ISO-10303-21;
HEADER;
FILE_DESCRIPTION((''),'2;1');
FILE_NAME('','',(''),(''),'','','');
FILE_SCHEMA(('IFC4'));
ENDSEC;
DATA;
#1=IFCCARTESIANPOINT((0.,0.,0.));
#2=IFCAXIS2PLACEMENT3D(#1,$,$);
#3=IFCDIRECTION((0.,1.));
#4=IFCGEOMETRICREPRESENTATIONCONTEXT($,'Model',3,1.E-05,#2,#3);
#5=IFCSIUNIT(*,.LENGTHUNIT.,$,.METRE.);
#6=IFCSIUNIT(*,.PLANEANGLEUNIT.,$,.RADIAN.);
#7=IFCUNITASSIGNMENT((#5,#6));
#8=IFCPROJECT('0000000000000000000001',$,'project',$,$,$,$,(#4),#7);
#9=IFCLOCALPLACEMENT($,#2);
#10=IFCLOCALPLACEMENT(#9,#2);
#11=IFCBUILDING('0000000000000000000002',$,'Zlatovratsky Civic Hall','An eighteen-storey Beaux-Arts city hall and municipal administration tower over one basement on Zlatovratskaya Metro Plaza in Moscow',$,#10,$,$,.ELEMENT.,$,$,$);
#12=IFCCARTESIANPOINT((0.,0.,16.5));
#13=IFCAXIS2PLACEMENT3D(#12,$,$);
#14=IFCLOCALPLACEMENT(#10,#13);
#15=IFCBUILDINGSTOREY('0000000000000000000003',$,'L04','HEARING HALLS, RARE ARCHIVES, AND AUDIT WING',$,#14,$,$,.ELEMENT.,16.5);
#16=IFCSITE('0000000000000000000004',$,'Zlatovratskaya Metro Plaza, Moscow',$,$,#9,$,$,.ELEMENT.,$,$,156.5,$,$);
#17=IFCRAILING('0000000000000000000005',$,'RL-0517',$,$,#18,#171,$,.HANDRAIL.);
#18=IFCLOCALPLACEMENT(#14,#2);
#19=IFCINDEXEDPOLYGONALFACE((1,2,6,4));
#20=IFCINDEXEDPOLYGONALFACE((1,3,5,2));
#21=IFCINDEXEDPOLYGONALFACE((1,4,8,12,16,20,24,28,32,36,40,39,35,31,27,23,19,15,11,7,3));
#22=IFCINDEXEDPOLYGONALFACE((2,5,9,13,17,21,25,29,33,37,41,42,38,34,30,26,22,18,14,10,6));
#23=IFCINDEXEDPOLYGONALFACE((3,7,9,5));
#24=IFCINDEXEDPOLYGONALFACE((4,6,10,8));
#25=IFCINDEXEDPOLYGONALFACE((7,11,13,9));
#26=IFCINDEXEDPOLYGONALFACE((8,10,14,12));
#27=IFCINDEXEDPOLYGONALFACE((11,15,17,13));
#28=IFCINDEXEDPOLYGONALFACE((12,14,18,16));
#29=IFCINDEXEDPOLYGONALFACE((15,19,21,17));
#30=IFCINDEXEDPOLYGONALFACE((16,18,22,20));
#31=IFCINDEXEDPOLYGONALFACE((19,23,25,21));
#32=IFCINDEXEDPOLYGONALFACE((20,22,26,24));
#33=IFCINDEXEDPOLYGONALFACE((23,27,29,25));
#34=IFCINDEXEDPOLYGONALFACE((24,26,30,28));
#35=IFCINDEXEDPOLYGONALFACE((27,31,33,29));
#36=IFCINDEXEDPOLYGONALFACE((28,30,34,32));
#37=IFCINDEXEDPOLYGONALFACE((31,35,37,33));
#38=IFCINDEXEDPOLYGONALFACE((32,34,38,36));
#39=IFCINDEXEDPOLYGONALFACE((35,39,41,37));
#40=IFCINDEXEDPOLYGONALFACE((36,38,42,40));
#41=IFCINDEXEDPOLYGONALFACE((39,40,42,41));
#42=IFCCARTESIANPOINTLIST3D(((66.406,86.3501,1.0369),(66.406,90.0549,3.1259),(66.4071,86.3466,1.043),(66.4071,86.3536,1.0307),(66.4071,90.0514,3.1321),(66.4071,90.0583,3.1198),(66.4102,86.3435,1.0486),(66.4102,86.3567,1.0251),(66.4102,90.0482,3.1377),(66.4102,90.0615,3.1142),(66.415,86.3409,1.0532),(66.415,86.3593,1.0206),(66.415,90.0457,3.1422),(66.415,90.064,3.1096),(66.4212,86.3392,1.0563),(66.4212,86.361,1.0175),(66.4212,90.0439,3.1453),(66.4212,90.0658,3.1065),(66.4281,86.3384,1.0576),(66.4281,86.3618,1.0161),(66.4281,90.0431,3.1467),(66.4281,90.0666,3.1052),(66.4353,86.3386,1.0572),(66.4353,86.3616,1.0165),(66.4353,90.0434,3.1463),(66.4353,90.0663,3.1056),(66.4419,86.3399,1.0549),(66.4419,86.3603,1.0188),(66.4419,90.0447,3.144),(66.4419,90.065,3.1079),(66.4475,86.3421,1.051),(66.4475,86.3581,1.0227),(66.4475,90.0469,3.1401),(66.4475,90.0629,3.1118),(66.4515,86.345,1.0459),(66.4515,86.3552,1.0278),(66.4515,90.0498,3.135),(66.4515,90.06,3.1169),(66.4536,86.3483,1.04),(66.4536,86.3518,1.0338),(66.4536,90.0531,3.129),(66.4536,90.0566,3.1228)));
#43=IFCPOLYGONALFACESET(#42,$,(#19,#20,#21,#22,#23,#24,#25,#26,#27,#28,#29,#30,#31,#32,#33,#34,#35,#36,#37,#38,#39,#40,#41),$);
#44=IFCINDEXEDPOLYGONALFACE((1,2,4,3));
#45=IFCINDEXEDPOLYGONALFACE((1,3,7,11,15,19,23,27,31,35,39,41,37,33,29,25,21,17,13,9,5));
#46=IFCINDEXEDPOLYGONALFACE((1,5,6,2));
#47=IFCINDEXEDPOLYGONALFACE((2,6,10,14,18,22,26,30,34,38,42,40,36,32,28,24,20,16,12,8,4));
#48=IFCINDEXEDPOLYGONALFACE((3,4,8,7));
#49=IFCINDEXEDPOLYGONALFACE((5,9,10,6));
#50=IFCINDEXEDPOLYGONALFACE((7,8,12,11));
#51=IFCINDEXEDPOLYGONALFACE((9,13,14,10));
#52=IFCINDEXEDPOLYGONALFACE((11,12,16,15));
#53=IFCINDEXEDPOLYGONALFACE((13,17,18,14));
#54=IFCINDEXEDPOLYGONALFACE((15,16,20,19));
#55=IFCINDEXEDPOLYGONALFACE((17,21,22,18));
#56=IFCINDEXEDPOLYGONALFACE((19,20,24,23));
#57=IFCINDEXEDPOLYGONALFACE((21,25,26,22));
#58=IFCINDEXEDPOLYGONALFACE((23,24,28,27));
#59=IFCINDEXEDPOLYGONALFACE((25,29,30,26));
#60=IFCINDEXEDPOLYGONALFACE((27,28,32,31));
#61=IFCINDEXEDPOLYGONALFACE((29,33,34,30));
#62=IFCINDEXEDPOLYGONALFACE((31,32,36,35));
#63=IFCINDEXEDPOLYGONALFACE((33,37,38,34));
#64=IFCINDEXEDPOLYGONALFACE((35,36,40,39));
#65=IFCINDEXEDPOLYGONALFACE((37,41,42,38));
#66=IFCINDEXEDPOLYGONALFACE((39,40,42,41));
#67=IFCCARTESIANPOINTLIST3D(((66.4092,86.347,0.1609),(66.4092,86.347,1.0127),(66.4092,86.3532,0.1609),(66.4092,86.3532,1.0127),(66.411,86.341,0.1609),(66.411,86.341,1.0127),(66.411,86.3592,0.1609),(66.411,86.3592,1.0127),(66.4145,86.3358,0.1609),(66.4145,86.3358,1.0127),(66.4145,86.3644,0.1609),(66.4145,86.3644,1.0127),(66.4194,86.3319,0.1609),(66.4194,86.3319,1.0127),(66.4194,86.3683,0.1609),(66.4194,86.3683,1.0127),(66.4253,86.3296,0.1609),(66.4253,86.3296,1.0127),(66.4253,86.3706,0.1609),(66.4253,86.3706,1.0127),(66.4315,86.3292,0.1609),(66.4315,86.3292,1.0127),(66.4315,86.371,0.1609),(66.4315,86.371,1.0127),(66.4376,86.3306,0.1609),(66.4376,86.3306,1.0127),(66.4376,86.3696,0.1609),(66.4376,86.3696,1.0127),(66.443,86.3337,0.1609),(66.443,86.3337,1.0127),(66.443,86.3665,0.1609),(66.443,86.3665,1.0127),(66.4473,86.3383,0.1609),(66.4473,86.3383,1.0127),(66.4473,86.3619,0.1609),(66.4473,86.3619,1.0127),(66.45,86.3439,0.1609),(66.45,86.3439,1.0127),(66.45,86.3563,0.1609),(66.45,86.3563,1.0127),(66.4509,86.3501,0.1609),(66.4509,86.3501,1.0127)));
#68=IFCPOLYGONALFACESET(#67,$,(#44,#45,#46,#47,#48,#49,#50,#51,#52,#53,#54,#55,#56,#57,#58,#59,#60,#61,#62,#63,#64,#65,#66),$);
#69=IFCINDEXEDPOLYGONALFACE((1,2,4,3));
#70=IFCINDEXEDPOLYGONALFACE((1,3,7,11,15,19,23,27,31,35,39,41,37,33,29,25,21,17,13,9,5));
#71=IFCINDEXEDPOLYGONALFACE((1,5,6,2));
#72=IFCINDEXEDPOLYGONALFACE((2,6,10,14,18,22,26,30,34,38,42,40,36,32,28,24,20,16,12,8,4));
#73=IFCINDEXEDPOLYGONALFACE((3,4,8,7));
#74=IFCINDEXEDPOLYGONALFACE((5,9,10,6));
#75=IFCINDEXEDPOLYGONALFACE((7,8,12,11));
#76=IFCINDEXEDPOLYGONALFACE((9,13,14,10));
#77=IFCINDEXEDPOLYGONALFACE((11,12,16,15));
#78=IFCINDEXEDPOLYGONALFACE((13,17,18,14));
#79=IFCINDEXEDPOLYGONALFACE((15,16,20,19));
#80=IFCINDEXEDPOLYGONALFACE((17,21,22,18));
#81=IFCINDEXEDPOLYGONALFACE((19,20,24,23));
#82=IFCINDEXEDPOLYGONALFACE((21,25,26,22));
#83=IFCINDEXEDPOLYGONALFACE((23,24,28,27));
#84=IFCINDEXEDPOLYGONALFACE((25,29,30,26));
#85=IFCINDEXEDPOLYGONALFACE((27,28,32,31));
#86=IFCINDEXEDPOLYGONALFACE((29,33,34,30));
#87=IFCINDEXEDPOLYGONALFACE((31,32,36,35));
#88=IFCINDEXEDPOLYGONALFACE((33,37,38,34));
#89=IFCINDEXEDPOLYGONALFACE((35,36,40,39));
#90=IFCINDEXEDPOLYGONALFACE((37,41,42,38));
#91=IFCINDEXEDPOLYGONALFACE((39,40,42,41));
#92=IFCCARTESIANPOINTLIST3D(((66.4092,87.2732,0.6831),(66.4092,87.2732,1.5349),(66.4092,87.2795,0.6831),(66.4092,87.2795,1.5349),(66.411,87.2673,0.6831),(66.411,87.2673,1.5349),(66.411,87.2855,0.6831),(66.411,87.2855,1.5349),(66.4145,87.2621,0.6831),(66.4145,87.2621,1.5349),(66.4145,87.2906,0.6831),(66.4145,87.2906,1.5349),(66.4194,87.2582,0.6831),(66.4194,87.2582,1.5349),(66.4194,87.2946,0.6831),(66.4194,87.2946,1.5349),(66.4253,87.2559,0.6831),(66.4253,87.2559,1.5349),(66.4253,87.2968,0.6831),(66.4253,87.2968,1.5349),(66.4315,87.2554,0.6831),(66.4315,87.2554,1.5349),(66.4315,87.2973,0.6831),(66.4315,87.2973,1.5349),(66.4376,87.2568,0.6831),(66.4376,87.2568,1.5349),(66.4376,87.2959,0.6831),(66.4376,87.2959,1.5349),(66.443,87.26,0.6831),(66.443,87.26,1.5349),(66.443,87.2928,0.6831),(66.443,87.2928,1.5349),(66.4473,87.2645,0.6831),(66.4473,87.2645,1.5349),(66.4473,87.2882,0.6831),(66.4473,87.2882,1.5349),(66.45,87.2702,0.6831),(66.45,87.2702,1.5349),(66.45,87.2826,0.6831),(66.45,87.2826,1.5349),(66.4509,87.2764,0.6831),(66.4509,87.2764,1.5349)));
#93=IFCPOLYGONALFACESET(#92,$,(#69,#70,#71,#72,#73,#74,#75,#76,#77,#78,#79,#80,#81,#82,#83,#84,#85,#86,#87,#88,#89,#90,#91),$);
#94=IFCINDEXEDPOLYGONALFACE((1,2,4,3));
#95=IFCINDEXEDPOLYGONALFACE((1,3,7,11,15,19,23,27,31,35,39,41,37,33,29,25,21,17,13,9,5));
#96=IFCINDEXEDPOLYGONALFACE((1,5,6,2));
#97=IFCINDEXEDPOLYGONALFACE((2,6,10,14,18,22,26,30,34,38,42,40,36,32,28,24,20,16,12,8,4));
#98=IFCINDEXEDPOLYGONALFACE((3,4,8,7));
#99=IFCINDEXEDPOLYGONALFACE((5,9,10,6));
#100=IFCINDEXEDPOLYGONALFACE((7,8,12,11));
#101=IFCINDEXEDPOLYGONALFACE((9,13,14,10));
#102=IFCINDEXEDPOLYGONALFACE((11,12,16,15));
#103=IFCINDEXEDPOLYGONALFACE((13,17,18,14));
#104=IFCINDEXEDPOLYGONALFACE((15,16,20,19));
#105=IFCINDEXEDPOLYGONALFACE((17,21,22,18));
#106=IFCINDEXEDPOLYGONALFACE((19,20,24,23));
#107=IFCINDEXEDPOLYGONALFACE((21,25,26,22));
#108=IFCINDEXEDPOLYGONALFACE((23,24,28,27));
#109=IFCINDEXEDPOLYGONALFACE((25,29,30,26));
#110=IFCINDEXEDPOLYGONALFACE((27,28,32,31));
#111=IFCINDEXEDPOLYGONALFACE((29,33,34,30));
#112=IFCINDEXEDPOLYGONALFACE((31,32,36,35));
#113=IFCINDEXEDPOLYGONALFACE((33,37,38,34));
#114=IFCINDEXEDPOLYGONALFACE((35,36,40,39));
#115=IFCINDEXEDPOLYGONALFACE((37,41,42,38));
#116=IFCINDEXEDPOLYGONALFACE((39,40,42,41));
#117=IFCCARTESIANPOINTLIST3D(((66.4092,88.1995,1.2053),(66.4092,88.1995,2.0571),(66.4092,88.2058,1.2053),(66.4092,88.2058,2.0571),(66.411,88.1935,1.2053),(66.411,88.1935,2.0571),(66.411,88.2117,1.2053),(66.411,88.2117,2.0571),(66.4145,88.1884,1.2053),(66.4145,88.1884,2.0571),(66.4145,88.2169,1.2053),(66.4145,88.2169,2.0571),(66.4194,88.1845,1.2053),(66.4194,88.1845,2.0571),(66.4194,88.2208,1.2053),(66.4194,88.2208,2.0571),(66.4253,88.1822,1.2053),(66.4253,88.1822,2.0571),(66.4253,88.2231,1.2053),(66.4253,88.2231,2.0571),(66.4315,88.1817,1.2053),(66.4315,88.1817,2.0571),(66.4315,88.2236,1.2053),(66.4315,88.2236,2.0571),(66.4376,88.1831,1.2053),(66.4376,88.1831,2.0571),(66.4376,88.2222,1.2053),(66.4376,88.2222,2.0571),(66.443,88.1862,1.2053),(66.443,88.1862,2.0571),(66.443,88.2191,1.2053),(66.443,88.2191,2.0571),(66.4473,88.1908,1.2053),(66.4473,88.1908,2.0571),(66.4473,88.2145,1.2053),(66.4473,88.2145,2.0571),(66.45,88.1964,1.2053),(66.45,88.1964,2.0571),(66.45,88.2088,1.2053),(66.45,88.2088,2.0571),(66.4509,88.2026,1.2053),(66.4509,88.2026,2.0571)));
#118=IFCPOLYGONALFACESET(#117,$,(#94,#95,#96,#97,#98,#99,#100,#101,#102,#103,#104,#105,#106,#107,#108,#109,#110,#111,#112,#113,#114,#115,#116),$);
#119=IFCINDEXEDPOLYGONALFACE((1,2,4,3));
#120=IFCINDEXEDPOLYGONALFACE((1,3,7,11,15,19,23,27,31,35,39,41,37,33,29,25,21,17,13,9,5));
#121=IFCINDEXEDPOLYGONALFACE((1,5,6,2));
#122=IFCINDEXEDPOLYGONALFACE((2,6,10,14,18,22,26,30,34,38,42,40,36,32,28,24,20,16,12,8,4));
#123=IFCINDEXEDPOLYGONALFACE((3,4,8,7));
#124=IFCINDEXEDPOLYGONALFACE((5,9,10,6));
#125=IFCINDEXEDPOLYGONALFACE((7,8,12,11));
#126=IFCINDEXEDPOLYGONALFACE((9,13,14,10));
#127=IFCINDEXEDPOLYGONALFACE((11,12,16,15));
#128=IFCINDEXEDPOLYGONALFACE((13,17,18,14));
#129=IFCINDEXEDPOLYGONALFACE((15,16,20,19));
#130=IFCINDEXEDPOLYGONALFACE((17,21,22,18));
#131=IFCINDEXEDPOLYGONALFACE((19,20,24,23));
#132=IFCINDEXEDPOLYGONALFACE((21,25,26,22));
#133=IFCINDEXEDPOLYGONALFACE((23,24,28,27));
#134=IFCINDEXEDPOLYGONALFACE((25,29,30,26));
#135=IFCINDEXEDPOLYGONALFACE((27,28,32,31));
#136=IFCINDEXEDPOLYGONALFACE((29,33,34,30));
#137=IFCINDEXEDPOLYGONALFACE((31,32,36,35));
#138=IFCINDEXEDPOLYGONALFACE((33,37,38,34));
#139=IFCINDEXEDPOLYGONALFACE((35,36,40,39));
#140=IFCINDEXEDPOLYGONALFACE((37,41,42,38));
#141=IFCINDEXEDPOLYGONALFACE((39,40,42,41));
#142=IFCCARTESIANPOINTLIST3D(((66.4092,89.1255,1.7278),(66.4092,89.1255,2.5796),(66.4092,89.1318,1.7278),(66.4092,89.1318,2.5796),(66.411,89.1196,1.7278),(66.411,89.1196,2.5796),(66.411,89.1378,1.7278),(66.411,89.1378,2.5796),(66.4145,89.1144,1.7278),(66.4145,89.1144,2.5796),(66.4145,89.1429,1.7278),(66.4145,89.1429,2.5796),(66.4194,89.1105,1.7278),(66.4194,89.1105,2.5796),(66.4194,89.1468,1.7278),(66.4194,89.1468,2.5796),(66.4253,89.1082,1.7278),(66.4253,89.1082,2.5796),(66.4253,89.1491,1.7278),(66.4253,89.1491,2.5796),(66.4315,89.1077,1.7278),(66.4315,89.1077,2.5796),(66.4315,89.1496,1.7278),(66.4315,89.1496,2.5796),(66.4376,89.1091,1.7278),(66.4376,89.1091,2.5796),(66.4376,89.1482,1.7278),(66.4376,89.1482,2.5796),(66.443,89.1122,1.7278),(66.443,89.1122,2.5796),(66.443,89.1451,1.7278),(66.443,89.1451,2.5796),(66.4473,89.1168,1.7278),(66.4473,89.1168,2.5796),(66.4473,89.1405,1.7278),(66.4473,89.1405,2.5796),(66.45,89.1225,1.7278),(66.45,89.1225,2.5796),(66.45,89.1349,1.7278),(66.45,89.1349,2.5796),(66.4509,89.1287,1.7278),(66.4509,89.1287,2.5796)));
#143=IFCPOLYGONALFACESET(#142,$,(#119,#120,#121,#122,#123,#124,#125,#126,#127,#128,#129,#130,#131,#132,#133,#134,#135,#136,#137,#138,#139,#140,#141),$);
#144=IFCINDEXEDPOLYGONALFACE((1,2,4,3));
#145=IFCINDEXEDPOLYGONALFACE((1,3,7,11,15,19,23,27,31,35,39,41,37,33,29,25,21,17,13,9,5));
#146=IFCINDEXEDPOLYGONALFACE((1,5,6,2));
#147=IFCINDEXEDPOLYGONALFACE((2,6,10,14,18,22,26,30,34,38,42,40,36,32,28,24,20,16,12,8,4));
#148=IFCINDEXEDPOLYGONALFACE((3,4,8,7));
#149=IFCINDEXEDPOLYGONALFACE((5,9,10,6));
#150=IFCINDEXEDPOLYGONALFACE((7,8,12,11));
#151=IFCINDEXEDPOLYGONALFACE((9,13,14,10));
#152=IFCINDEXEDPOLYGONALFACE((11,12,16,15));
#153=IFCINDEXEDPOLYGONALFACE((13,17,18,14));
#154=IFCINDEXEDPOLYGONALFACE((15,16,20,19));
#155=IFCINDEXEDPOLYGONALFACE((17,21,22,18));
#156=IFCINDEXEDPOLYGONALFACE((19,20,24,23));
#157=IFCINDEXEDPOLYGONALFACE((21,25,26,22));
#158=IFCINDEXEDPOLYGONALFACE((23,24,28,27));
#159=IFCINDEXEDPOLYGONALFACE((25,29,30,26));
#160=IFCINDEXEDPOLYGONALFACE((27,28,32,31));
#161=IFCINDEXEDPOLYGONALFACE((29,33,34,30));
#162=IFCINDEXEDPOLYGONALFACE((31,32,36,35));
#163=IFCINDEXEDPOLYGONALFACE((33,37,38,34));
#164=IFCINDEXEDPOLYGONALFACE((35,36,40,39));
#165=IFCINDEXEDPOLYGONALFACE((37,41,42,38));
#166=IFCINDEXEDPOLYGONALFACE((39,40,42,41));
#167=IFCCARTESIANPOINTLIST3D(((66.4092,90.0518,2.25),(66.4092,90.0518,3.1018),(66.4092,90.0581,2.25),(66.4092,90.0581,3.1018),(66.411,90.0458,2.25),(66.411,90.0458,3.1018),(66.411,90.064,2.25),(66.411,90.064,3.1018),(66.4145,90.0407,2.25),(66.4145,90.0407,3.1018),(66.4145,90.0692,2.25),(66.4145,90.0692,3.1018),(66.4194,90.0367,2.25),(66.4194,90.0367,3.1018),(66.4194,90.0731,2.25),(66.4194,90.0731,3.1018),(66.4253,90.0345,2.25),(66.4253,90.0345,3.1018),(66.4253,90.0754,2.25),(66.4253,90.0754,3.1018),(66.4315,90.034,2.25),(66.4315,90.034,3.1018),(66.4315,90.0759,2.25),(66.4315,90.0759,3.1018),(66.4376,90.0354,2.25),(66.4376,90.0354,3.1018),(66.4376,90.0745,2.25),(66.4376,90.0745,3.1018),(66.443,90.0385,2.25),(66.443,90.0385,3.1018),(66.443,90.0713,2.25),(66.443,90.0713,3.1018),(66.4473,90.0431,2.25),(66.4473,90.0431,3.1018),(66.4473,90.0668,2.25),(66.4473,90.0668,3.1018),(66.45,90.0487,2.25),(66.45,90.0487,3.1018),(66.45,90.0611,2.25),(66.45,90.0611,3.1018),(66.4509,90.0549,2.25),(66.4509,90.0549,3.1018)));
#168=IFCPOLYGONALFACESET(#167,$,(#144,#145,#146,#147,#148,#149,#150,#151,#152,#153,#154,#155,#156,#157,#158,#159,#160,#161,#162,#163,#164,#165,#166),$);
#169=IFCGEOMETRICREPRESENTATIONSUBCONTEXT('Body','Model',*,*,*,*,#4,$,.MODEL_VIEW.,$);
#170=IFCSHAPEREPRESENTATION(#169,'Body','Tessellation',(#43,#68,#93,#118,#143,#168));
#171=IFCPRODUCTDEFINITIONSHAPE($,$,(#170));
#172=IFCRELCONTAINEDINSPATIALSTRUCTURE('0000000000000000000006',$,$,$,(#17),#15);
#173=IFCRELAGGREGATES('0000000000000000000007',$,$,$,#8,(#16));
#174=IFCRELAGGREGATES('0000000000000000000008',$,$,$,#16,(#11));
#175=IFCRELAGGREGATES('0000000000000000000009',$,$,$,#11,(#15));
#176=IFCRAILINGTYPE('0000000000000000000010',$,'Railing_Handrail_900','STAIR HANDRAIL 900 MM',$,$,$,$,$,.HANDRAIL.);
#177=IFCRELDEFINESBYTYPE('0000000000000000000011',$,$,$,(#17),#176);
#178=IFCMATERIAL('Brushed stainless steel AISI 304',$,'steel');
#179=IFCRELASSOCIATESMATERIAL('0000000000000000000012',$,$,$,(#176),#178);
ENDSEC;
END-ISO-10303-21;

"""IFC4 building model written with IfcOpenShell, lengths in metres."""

from ifc_helpers import new_model, si_unit, direction, frame, origin, origin_2d, place, context, subcontext, project, spatial, circle, extrude, material, type_object, element, save


model = new_model("IFC4")

# Units and contexts
model_context = context("Model", 3, precision=1e-05, world=origin(), true_north=direction((0.0, 1.0)))
body_context = subcontext(model_context, "Body", "Model", "MODEL_VIEW")
ifc_project = project(units=[si_unit("LENGTHUNIT", "METRE"), si_unit("PLANEANGLEUNIT", "RADIAN")], contexts=[model_context])

# Site, building, storey
site_placement = place(None, origin())
site = spatial("IfcSite", under=ifc_project, at=site_placement, Name="Zlatovratskaya Metro Plaza, Moscow", CompositionType="ELEMENT", RefElevation=156.5)
building_placement = place(site_placement, origin())
building = spatial("IfcBuilding", under=site, at=building_placement, Name="Zlatovratsky Civic Hall", Description="An eighteen-storey Beaux-Arts city hall and municipal administration tower over one basement on Zlatovratskaya Metro Plaza in Moscow", CompositionType="ELEMENT")
storey_placement = place(building_placement, frame((0.0, 0.0, 16.5)))
storey = spatial("IfcBuildingStorey", under=building, at=storey_placement, Name="L04", Description="HEARING HALLS, RARE ARCHIVES, AND AUDIT WING", CompositionType="ELEMENT", Elevation=16.5)

# Shared definitions
ifc_material_1 = material(Name="Brushed stainless steel AISI 304", Category="steel")

# Railing
railing_type_1 = type_object("IfcRailingType", Name="Railing_Handrail_900", Description="STAIR HANDRAIL 900 MM", PredefinedType="HANDRAIL", material=ifc_material_1)
railing_1_placement = place(storey_placement, frame((66.4299, 86.3501, 0.1609)))
element("IfcRailing", 1, at=railing_1_placement, inside=storey, type_object=railing_type_1, Name="RL-0517", PredefinedType="HANDRAIL", context=body_context, shape_type="SweptSolid", body=[
    extrude(circle(Radius=0.0239, at=origin_2d()), frame((0.0, 0.0, 0.876), z_axis=(0.0, 0.871058, 0.491179), x_axis=(-1.0, 0.0, 0.0)), (0.0, 0.0, 1.0), 4.2532),
    extrude(circle(Radius=0.021, at=origin_2d()), origin(), (0.0, 0.0, 1.0), 0.8518),
    extrude(circle(Radius=0.021, at=origin_2d()), frame((0.0, 0.9263, 0.5222)), (0.0, 0.0, 1.0), 0.8518),
    extrude(circle(Radius=0.021, at=origin_2d()), frame((0.0, 1.8525, 1.0444)), (0.0, 0.0, 1.0), 0.8518),
    extrude(circle(Radius=0.021, at=origin_2d()), frame((0.0, 2.7786, 1.5669)), (0.0, 0.0, 1.0), 0.8518),
    extrude(circle(Radius=0.021, at=origin_2d()), frame((0.0, 3.7048, 2.0891)), (0.0, 0.0, 1.0), 0.8518),
])

save(model, "model.ifc")
